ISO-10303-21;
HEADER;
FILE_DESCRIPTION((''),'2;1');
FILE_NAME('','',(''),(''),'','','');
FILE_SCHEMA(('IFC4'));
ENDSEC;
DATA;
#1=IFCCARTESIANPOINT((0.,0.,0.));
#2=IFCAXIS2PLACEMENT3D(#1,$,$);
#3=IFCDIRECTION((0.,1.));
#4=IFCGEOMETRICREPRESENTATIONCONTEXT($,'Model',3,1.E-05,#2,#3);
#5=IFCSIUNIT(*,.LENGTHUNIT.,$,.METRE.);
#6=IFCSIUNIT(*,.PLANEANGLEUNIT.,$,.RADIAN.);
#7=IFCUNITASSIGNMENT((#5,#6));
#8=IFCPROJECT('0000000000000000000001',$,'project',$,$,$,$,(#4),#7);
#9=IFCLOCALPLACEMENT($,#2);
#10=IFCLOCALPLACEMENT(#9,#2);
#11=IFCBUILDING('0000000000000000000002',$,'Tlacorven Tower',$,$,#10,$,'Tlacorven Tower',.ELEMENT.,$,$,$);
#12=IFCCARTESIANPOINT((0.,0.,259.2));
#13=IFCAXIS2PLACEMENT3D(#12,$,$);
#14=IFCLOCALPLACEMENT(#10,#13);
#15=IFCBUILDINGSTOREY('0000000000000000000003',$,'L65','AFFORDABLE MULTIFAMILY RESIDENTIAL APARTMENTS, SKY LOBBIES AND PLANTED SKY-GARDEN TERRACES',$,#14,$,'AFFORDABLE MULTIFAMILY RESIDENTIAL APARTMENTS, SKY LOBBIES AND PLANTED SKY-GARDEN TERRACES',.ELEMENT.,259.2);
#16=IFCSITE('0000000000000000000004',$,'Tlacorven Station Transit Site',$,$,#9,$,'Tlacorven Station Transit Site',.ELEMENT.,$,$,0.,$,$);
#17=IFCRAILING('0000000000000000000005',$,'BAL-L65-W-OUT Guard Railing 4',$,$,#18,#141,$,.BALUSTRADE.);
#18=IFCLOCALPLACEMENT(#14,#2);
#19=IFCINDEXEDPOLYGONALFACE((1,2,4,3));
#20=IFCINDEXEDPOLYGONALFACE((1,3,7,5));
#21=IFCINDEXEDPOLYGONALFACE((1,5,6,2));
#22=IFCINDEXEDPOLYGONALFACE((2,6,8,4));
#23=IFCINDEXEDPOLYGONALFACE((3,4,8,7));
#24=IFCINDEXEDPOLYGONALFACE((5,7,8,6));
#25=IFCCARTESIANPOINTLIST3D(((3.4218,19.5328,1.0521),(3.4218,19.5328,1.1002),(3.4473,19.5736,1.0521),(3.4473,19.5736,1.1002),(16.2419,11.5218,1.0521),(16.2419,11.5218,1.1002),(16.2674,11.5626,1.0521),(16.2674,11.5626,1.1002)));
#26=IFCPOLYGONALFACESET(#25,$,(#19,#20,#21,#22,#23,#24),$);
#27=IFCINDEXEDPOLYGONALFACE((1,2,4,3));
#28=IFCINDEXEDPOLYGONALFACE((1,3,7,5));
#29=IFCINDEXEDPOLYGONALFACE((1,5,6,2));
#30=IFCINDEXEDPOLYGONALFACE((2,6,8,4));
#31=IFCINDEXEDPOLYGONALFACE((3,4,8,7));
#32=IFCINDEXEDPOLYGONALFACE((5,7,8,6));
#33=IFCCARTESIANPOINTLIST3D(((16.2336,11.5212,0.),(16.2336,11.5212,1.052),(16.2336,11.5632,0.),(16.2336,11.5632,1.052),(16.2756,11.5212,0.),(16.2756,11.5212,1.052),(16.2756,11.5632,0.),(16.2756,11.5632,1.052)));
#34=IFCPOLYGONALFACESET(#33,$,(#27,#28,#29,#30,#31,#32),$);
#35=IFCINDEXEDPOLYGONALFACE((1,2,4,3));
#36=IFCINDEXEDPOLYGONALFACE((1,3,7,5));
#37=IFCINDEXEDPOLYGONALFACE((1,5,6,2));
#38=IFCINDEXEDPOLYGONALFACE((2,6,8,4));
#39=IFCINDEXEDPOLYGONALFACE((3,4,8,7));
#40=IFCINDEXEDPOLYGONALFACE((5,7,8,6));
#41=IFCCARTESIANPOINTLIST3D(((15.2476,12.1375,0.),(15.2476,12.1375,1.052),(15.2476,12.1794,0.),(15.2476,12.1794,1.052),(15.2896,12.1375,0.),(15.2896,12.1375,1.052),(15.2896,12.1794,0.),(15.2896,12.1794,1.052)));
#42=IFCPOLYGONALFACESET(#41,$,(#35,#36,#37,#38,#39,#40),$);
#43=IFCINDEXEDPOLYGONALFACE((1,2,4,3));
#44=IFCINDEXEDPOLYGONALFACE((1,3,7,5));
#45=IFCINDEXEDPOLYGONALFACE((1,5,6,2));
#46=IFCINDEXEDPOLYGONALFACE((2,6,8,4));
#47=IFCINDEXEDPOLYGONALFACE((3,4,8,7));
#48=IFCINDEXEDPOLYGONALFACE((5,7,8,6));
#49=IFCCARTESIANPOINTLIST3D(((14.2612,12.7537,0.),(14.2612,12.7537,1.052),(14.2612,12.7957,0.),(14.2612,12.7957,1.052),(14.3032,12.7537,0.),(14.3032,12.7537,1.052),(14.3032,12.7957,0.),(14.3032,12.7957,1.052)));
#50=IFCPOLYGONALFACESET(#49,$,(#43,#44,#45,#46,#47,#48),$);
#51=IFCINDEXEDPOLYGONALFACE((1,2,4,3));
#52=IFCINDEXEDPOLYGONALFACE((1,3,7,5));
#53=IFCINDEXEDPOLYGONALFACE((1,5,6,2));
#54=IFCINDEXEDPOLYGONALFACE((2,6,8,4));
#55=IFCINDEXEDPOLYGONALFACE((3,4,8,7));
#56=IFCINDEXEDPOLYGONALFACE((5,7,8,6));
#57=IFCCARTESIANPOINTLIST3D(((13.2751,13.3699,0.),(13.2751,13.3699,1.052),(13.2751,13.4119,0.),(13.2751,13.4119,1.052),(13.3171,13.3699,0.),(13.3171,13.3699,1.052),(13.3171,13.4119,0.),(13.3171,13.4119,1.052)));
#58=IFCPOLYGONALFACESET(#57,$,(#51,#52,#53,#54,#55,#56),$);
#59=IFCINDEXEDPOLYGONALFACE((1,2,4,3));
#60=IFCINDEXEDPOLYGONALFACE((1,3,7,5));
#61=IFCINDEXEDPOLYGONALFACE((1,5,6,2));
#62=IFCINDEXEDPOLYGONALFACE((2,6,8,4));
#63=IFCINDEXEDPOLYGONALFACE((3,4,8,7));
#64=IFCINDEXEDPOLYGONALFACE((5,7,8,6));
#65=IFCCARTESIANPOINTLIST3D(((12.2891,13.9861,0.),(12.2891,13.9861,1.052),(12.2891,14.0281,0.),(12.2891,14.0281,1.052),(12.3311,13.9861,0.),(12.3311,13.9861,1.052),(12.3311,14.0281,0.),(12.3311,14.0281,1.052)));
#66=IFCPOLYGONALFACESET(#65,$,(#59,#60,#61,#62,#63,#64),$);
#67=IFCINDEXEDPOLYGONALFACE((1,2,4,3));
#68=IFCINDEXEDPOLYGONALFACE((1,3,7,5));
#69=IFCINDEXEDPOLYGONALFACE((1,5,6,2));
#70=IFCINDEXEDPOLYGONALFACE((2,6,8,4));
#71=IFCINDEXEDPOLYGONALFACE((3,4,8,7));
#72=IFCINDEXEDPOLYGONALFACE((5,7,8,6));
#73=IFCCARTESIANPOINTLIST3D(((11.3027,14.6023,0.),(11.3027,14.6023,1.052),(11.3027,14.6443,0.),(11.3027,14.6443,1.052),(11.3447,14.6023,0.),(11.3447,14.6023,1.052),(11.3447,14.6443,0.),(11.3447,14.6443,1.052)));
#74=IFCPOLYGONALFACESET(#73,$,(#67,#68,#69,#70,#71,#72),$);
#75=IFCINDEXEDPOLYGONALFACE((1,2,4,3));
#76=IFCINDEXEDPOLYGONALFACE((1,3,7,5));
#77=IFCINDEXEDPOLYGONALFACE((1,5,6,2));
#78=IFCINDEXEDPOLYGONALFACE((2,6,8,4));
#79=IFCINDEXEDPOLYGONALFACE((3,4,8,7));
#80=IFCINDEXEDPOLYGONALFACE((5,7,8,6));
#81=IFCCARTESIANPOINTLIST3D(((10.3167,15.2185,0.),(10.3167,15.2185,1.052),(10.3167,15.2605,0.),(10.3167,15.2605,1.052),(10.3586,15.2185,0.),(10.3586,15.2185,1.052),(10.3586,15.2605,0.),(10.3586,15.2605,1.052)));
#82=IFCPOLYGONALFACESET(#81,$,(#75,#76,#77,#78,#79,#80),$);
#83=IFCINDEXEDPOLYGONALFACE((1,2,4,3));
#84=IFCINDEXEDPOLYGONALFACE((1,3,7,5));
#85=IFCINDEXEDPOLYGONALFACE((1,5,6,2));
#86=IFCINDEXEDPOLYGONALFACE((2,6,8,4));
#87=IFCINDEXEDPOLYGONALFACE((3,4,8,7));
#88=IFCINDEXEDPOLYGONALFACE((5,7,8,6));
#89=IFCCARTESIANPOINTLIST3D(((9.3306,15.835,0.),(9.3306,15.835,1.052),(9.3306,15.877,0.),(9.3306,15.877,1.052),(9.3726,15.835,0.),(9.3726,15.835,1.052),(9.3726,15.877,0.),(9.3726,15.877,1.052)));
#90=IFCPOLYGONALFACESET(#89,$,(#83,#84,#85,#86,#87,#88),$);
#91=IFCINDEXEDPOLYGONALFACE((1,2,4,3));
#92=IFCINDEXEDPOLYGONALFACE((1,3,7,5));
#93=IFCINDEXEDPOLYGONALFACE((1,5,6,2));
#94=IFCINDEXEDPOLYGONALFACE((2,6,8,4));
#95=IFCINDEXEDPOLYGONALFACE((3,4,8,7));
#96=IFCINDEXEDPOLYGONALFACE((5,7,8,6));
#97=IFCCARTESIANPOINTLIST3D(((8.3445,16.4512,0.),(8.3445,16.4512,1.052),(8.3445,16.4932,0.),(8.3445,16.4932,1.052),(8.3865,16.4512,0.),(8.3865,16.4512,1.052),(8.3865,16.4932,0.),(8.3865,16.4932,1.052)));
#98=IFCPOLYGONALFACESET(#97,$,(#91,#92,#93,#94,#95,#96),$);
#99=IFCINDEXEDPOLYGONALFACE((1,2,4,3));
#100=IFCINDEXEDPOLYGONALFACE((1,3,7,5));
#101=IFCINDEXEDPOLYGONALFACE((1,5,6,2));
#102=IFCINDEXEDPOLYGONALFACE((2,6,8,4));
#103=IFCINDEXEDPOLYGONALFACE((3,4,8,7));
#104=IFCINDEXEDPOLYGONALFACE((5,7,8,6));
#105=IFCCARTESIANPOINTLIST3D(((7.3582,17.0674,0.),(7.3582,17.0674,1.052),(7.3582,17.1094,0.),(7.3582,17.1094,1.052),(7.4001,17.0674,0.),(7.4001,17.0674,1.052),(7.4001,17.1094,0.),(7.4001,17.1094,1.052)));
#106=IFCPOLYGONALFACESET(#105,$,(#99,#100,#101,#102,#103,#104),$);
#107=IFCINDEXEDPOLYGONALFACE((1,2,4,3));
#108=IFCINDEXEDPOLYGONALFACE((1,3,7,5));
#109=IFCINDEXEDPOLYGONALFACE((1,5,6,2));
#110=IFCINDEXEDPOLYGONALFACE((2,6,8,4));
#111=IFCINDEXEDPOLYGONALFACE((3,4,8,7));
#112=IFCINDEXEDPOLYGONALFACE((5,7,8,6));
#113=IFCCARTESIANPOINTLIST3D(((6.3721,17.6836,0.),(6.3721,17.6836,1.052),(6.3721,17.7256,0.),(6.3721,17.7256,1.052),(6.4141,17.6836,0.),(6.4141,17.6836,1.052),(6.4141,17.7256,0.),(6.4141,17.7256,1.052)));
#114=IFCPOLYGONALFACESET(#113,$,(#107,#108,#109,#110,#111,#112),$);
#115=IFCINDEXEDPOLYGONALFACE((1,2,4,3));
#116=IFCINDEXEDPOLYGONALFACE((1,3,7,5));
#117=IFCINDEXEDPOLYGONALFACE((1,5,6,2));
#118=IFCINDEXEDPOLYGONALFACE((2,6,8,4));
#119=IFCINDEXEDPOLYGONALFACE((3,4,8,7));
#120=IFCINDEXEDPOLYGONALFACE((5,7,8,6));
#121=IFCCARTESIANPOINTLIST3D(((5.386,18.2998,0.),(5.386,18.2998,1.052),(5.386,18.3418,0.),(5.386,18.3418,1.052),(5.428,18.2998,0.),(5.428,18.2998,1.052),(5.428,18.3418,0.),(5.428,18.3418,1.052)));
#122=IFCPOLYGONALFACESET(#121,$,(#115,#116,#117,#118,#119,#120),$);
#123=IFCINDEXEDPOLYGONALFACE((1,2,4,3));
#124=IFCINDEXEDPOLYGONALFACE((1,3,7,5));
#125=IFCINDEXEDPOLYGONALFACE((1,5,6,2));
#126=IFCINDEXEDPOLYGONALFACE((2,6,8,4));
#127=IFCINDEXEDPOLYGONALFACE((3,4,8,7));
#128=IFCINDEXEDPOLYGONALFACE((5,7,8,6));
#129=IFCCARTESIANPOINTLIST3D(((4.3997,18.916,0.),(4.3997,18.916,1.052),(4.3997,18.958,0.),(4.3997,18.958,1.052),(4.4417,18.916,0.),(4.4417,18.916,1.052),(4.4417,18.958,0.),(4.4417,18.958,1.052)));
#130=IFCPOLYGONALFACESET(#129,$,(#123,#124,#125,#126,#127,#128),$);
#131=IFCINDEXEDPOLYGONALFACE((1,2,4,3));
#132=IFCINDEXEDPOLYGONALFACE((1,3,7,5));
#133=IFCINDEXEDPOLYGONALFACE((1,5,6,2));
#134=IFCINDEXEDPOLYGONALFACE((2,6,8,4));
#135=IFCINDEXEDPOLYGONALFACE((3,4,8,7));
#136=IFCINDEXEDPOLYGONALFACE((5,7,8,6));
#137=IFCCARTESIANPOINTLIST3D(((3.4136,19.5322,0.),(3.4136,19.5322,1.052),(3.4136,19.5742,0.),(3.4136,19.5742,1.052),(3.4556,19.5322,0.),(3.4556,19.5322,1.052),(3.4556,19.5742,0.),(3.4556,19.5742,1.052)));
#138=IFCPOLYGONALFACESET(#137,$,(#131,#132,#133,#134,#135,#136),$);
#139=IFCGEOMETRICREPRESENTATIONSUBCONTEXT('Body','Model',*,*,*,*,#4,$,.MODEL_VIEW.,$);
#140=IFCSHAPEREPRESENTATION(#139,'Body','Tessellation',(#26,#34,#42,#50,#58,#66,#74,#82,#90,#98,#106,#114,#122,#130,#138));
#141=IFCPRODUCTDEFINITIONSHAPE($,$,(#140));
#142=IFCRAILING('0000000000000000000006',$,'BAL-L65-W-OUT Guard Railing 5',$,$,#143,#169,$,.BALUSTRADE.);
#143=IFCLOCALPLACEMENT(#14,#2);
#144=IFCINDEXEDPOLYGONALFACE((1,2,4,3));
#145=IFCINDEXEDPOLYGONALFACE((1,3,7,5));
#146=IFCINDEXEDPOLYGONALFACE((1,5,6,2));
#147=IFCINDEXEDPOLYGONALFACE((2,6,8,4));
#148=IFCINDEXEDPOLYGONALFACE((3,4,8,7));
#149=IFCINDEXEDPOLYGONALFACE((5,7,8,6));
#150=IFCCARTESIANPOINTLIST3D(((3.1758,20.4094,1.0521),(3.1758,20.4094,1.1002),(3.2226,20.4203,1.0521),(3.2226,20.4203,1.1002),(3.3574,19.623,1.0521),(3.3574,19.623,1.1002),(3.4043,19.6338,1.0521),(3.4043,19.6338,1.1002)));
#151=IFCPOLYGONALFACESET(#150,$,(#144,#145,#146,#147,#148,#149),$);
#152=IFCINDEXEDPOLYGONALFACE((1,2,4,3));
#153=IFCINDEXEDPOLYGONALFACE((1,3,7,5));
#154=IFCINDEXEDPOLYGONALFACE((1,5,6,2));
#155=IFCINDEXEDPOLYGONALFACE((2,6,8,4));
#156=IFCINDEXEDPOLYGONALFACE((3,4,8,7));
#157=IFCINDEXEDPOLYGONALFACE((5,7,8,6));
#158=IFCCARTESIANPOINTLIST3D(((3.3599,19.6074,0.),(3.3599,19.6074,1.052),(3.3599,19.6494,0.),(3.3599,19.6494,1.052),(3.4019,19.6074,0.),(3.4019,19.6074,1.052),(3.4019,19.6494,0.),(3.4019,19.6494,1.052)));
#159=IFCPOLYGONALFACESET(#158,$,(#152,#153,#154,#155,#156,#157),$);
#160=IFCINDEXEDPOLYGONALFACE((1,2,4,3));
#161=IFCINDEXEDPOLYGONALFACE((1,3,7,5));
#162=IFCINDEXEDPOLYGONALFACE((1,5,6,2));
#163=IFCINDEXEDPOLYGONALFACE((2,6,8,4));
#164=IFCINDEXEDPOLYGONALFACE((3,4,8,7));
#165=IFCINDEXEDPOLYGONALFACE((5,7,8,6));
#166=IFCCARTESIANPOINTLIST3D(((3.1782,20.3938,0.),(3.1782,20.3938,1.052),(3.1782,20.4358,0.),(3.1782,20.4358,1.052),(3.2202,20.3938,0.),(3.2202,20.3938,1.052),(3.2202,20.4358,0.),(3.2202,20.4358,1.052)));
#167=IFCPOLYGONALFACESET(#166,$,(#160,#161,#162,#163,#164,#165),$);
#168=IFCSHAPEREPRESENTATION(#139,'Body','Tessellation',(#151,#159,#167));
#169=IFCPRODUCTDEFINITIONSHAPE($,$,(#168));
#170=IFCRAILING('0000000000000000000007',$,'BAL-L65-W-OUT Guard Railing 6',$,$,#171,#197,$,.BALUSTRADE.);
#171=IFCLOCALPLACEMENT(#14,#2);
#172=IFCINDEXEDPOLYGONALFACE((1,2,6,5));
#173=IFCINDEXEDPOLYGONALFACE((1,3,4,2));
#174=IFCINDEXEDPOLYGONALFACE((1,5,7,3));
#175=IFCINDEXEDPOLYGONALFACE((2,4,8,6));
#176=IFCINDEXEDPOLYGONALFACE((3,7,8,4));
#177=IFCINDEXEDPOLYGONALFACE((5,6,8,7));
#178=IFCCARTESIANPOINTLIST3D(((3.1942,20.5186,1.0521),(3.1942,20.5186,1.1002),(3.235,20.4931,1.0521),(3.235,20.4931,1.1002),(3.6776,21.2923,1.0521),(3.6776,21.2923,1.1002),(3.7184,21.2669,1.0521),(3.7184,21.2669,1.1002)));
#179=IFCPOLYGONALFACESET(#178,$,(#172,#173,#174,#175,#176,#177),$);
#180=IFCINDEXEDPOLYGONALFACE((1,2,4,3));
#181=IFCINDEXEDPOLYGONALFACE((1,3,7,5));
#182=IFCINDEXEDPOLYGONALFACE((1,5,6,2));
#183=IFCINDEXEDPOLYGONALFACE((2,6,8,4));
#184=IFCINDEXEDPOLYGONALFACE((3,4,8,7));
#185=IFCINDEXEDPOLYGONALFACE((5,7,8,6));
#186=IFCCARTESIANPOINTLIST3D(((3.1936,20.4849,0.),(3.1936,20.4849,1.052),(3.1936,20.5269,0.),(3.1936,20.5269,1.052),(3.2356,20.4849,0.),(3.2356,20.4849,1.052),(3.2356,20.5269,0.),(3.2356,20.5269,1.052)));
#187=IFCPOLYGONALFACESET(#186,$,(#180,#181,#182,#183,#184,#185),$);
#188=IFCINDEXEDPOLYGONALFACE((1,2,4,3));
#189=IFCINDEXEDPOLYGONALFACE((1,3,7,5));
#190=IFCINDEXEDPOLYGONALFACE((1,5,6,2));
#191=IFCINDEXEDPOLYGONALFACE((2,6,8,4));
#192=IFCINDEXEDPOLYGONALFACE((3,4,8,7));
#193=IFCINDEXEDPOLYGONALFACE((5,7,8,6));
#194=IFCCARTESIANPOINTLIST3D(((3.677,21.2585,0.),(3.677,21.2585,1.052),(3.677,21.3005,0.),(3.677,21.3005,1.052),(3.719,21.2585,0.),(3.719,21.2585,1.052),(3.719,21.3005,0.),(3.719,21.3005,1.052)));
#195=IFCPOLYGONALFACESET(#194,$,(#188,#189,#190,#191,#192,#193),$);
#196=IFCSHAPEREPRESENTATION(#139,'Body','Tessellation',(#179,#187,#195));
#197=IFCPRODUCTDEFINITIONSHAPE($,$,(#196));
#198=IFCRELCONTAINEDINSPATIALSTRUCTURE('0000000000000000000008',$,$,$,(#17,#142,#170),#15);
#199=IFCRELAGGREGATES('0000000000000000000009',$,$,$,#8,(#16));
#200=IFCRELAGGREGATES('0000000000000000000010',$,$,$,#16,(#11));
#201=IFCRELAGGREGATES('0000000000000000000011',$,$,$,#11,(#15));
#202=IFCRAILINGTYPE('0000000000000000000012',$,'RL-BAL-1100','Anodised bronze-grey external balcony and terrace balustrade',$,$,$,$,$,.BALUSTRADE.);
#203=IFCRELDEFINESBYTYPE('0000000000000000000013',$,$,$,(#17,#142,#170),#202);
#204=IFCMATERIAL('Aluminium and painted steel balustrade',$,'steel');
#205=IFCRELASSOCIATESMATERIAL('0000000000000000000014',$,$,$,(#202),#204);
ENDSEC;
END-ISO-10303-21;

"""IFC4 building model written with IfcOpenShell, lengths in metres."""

from ifc_helpers import new_model, si_unit, direction, frame, origin, origin_2d, place, context, subcontext, project, spatial, rectangle, extrude, source, transform, mapped, material, type_object, element, save


model = new_model("IFC4")

# Units and contexts
model_context = context("Model", 3, precision=1e-05, world=origin(), true_north=direction((0.0, 1.0)))
body_context = subcontext(model_context, "Body", "Model", "MODEL_VIEW")
ifc_project = project(units=[si_unit("LENGTHUNIT", "METRE"), si_unit("PLANEANGLEUNIT", "RADIAN")], contexts=[model_context])

# Site, building, storey
site_placement = place(None, origin())
site = spatial("IfcSite", under=ifc_project, at=site_placement, Name="Tlacorven Station Transit Site", LongName="Tlacorven Station Transit Site", CompositionType="ELEMENT", RefElevation=0.0)
building_placement = place(site_placement, origin())
building = spatial("IfcBuilding", under=site, at=building_placement, Name="Tlacorven Tower", LongName="Tlacorven Tower", CompositionType="ELEMENT")
storey_placement = place(building_placement, frame((0.0, 0.0, 259.2)))
storey = spatial("IfcBuildingStorey", under=building, at=storey_placement, Name="L65", Description="AFFORDABLE MULTIFAMILY RESIDENTIAL APARTMENTS, SKY LOBBIES AND PLANTED SKY-GARDEN TERRACES", LongName="AFFORDABLE MULTIFAMILY RESIDENTIAL APARTMENTS, SKY LOBBIES AND PLANTED SKY-GARDEN TERRACES", CompositionType="ELEMENT", Elevation=259.2)

# Railings
ifc_material_1 = material(Name="Aluminium and painted steel balustrade", Category="steel")
railing_type = type_object("IfcRailingType", Name="RL-BAL-1100", Description="Anodised bronze-grey external balcony and terrace balustrade", PredefinedType="BALUSTRADE", material=ifc_material_1)
shared_shape_1 = source(origin(), body_context, "Body", "SweptSolid", [
    extrude(rectangle(XDim=0.0481, YDim=0.0481, at=origin_2d()), frame((0.0, 0.0, 1.0762), z_axis=(-0.848045, 0.529925, 0.0), x_axis=(-0.529925, -0.848045, 0.0)), (0.0, 0.0, 1.0), 15.1172),
    extrude(rectangle(XDim=0.042, YDim=0.042, at=origin_2d()), origin(), (0.0, 0.0, 1.0), 1.052),
    extrude(rectangle(XDim=0.042, YDim=0.042, at=origin_2d()), frame((-0.9861, 0.6162, 0.0)), (0.0, 0.0, 1.0), 1.052),
    extrude(rectangle(XDim=0.042, YDim=0.042, at=origin_2d()), frame((-1.9724, 1.2324, 0.0)), (0.0, 0.0, 1.0), 1.052),
    extrude(rectangle(XDim=0.042, YDim=0.042, at=origin_2d()), frame((-2.9585, 1.8486, 0.0)), (0.0, 0.0, 1.0), 1.052),
    extrude(rectangle(XDim=0.042, YDim=0.042, at=origin_2d()), frame((-3.9446, 2.4648, 0.0)), (0.0, 0.0, 1.0), 1.052),
    extrude(rectangle(XDim=0.042, YDim=0.042, at=origin_2d()), frame((-4.9309, 3.0811, 0.0)), (0.0, 0.0, 1.0), 1.052),
    extrude(rectangle(XDim=0.042, YDim=0.042, at=origin_2d()), frame((-5.917, 3.6973, 0.0)), (0.0, 0.0, 1.0), 1.052),
    extrude(rectangle(XDim=0.042, YDim=0.042, at=origin_2d()), frame((-6.9031, 4.3137, 0.0)), (0.0, 0.0, 1.0), 1.052),
    extrude(rectangle(XDim=0.042, YDim=0.042, at=origin_2d()), frame((-7.8892, 4.9299, 0.0)), (0.0, 0.0, 1.0), 1.052),
    extrude(rectangle(XDim=0.042, YDim=0.042, at=origin_2d()), frame((-8.8755, 5.5461, 0.0)), (0.0, 0.0, 1.0), 1.052),
    extrude(rectangle(XDim=0.042, YDim=0.042, at=origin_2d()), frame((-9.8616, 6.1624, 0.0)), (0.0, 0.0, 1.0), 1.052),
    extrude(rectangle(XDim=0.042, YDim=0.042, at=origin_2d()), frame((-10.8477, 6.7786, 0.0)), (0.0, 0.0, 1.0), 1.052),
    extrude(rectangle(XDim=0.042, YDim=0.042, at=origin_2d()), frame((-11.834, 7.3948, 0.0)), (0.0, 0.0, 1.0), 1.052),
    extrude(rectangle(XDim=0.042, YDim=0.042, at=origin_2d()), frame((-12.8201, 8.011, 0.0)), (0.0, 0.0, 1.0), 1.052),
])
railing_1_placement = place(storey_placement, frame((16.2546, 11.5422, 0.0)))
element("IfcRailing", 1, at=railing_1_placement, inside=storey, type_object=railing_type, Name="BAL-L65-W-OUT Guard Railing 4", PredefinedType="BALUSTRADE", context=body_context, shape_type="MappedRepresentation", body=[
    mapped(shared_shape_1, transform((0.0, 0.0, 0.0), scale=1.0)),
])
shared_shape_2 = source(origin(), body_context, "Body", "SweptSolid", [
    extrude(rectangle(XDim=0.0481, YDim=0.0481, at=origin_2d()), frame((0.0, 0.0, 1.0762), z_axis=(-0.225058, 0.974345, 0.0), x_axis=(-0.974345, -0.225058, 0.0)), (0.0, 0.0, 1.0), 0.8071),
    extrude(rectangle(XDim=0.042, YDim=0.042, at=origin_2d()), origin(), (0.0, 0.0, 1.0), 1.052),
    extrude(rectangle(XDim=0.042, YDim=0.042, at=origin_2d()), frame((-0.1816, 0.7864, 0.0)), (0.0, 0.0, 1.0), 1.052),
])
railing_2_placement = place(storey_placement, frame((3.3809, 19.6284, 0.0)))
element("IfcRailing", 2, at=railing_2_placement, inside=storey, type_object=railing_type, Name="BAL-L65-W-OUT Guard Railing 5", PredefinedType="BALUSTRADE", context=body_context, shape_type="MappedRepresentation", body=[
    mapped(shared_shape_2, transform((0.0, 0.0, 0.0), scale=1.0)),
])
shared_shape_3 = source(origin(), body_context, "Body", "SweptSolid", [
    extrude(rectangle(XDim=0.0481, YDim=0.0481, at=origin_2d()), frame((0.0, 0.0, 1.0762), z_axis=(0.529879, 0.848073, 0.0), x_axis=(-0.848073, 0.529879, 0.0)), (0.0, 0.0, 1.0), 0.9124),
    extrude(rectangle(XDim=0.042, YDim=0.042, at=origin_2d()), origin(), (0.0, 0.0, 1.0), 1.052),
    extrude(rectangle(XDim=0.042, YDim=0.042, at=origin_2d()), frame((0.4834, 0.7737, 0.0)), (0.0, 0.0, 1.0), 1.052),
])
railing_3_placement = place(storey_placement, frame((3.2146, 20.5059, 0.0)))
element("IfcRailing", 3, at=railing_3_placement, inside=storey, type_object=railing_type, Name="BAL-L65-W-OUT Guard Railing 6", PredefinedType="BALUSTRADE", context=body_context, shape_type="MappedRepresentation", body=[
    mapped(shared_shape_3, transform((0.0, 0.0, 0.0), scale=1.0)),
])

save(model, "model.ifc")
